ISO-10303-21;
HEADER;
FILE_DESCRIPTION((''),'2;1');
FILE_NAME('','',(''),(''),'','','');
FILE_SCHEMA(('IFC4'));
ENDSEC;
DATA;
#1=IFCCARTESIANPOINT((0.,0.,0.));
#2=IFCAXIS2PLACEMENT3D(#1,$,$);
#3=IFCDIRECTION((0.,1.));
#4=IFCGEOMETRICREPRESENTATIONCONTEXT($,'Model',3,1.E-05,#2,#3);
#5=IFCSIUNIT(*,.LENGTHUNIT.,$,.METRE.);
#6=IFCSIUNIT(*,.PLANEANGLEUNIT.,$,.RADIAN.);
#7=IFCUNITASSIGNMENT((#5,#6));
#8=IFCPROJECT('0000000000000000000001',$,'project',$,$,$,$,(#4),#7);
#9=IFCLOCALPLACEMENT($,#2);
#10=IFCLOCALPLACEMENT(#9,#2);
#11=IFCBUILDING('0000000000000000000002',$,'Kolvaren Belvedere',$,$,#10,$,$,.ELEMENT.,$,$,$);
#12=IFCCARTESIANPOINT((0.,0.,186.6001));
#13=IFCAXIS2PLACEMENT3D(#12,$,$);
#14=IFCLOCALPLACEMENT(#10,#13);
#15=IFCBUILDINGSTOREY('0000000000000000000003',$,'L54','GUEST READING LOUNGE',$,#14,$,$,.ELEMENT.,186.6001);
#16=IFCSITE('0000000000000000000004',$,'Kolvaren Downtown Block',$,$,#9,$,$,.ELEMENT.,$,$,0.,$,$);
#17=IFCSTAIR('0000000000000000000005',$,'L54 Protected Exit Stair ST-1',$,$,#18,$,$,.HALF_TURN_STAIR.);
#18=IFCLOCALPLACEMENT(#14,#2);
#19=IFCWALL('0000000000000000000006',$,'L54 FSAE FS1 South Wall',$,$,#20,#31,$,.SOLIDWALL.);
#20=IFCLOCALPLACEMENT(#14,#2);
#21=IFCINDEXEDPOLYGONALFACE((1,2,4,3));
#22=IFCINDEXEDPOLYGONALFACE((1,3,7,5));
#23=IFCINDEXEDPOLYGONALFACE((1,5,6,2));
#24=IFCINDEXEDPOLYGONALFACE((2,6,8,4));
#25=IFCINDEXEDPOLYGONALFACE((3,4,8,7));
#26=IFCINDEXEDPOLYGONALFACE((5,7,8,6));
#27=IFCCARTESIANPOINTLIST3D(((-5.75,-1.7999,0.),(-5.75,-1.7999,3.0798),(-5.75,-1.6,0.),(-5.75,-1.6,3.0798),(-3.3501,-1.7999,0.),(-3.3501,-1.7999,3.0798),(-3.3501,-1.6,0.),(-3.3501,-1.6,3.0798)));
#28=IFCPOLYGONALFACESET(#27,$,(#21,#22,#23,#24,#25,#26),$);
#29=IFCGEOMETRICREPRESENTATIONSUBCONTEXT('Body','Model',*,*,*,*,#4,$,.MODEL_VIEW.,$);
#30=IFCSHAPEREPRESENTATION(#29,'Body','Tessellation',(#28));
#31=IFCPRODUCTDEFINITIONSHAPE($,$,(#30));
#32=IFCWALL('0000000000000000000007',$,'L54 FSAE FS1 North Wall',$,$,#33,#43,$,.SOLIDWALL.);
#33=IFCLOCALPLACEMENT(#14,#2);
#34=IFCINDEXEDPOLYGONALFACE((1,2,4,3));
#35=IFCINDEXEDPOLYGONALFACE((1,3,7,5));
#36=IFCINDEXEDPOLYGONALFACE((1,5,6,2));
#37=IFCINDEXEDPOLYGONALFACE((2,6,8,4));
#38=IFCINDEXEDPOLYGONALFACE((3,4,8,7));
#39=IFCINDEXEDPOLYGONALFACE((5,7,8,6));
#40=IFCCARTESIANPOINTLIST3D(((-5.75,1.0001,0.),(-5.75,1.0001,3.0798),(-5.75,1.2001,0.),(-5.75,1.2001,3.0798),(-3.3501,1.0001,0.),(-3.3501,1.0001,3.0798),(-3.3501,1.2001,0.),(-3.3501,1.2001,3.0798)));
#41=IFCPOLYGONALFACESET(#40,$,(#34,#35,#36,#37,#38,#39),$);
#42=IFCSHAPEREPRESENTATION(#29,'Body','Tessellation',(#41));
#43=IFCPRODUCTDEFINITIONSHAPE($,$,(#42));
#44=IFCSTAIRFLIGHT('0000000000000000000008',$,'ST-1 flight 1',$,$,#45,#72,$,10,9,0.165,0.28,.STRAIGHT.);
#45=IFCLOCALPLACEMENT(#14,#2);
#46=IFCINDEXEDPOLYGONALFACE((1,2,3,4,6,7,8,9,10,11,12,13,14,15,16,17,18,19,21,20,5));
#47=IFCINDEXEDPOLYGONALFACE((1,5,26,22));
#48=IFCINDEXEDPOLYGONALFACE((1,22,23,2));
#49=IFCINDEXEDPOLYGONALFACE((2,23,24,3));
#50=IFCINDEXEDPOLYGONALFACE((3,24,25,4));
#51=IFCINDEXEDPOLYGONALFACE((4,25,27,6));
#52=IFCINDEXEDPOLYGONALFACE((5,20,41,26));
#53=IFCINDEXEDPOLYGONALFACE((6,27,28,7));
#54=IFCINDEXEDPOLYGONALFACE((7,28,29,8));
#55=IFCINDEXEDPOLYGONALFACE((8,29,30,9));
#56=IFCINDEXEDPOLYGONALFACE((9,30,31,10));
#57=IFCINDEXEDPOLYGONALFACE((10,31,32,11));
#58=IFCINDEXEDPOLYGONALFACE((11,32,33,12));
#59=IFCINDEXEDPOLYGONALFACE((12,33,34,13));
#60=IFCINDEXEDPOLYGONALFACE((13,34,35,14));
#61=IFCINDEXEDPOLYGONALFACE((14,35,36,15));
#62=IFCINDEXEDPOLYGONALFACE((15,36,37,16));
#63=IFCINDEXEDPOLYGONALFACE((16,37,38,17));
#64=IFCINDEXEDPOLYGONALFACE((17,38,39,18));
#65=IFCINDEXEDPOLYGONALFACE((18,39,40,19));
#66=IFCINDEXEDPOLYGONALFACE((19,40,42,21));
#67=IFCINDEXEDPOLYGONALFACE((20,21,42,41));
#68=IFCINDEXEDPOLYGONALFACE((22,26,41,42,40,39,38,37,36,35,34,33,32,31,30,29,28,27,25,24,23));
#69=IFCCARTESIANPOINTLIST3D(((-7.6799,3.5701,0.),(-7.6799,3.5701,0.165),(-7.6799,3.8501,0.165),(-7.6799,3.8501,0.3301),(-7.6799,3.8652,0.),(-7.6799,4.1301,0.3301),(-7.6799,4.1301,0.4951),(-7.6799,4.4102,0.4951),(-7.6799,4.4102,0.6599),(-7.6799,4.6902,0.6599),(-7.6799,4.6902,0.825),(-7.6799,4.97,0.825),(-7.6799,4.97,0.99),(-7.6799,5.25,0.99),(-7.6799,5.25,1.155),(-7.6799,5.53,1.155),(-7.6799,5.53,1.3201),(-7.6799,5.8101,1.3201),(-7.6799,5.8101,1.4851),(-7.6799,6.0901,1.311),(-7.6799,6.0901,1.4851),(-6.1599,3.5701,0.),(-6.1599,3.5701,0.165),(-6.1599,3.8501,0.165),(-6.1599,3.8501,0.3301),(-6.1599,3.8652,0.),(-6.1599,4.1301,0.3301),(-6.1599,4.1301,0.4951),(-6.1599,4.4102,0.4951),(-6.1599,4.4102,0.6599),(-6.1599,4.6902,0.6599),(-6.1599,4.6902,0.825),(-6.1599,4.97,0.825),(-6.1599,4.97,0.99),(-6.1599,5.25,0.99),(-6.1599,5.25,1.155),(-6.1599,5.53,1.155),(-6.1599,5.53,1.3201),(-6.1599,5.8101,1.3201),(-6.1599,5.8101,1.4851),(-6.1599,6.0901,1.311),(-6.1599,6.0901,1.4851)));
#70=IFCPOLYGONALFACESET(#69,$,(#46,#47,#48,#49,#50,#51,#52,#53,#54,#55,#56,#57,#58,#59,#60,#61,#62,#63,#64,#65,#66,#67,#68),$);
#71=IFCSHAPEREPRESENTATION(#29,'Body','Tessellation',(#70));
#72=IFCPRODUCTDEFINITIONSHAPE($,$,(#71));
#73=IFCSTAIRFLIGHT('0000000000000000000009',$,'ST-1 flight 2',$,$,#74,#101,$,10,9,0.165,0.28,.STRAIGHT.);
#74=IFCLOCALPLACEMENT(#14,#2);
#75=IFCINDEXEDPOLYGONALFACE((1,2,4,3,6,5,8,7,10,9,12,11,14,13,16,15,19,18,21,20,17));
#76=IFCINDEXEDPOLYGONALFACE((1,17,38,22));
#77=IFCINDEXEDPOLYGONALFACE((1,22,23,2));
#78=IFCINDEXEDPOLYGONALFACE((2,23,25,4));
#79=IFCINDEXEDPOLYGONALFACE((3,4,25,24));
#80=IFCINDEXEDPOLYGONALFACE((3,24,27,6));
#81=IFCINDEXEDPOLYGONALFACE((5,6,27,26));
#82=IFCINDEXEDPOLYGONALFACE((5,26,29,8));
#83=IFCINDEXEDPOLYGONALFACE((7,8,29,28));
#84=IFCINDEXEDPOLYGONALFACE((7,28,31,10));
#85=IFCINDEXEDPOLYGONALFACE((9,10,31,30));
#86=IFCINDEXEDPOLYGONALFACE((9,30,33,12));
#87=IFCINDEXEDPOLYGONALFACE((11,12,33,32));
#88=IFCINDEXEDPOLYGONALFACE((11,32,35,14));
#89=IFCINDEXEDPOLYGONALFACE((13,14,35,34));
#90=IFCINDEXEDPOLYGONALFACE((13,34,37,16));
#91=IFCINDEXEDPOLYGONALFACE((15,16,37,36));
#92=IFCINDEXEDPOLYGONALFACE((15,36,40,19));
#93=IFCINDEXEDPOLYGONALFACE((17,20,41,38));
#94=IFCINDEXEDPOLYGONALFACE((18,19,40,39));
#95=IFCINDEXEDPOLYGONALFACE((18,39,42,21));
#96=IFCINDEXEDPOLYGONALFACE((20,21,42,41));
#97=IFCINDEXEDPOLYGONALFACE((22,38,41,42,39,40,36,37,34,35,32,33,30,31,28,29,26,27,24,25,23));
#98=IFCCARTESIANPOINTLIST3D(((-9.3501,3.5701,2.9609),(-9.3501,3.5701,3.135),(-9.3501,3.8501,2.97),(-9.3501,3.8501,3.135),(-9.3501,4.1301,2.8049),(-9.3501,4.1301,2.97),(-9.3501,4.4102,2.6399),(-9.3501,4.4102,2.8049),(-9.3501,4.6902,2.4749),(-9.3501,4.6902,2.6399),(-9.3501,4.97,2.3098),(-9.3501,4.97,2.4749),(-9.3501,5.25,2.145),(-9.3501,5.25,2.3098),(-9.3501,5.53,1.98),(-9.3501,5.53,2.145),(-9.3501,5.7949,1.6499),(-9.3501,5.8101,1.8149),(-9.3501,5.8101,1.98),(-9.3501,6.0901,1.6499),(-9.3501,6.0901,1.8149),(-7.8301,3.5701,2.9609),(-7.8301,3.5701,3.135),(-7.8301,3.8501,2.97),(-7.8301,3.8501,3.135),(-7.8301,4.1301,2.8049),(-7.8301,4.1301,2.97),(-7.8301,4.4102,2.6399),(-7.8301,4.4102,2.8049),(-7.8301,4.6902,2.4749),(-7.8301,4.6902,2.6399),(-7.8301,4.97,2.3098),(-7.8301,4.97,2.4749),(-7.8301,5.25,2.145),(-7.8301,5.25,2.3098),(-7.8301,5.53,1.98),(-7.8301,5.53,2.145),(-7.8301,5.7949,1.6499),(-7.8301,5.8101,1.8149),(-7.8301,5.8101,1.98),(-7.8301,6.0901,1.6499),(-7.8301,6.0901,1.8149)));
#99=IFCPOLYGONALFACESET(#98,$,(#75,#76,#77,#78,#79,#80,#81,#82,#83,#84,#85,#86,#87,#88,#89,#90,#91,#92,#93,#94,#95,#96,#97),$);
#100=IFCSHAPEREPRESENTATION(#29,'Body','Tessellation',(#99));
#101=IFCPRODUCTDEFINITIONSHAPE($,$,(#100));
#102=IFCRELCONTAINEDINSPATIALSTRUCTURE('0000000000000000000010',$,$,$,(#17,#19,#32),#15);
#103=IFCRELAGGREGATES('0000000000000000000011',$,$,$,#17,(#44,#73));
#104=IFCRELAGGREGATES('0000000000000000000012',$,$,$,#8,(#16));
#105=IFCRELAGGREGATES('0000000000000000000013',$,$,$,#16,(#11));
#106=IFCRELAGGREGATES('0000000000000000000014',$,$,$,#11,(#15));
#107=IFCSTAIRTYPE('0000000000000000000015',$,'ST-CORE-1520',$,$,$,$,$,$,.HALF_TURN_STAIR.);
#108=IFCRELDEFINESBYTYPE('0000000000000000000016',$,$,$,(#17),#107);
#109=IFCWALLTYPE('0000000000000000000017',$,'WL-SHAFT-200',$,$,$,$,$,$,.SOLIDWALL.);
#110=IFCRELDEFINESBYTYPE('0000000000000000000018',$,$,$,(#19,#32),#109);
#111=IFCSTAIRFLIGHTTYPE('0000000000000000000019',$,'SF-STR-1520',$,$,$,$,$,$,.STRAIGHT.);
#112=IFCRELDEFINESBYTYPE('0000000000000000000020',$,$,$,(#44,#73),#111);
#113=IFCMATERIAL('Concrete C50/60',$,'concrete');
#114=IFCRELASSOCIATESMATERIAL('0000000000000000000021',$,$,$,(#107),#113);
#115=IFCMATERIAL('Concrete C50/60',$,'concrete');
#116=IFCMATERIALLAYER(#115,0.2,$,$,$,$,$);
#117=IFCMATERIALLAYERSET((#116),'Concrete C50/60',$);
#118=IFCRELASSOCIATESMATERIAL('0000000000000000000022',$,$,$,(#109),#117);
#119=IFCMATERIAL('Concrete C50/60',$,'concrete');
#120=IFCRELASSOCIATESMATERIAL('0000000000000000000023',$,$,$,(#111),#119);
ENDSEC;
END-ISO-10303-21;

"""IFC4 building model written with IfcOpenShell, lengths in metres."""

from ifc_helpers import new_model, si_unit, direction, frame, frame_2d, origin, place, context, subcontext, project, spatial, polyline, rectangle, outline, extrude, material, layer, layer_set, type_object, element, aggregate, save


model = new_model("IFC4")

# Units and contexts
model_context = context("Model", 3, precision=1e-05, world=origin(), true_north=direction((0.0, 1.0)))
body_context = subcontext(model_context, "Body", "Model", "MODEL_VIEW")
ifc_project = project(units=[si_unit("LENGTHUNIT", "METRE"), si_unit("PLANEANGLEUNIT", "RADIAN")], contexts=[model_context])

# Site, building, storey
site_placement = place(None, origin())
site = spatial("IfcSite", under=ifc_project, at=site_placement, Name="Kolvaren Downtown Block", CompositionType="ELEMENT", RefElevation=0.0)
building_placement = place(site_placement, origin())
building = spatial("IfcBuilding", under=site, at=building_placement, Name="Kolvaren Belvedere", CompositionType="ELEMENT")
storey_placement = place(building_placement, frame((0.0, 0.0, 186.6001)))
storey = spatial("IfcBuildingStorey", under=building, at=storey_placement, Name="L54", Description="GUEST READING LOUNGE", CompositionType="ELEMENT", Elevation=186.6001)

# Stair
ifc_material_1 = material(Name="Concrete C50/60", Category="concrete")
stair_type = type_object("IfcStairType", Name="ST-CORE-1520", PredefinedType="HALF_TURN_STAIR", material=ifc_material_1)
stair_1_placement = place(storey_placement, origin())
stair_1 = element("IfcStair", 1, at=stair_1_placement, inside=storey, type_object=stair_type, Name="L54 Protected Exit Stair ST-1", PredefinedType="HALF_TURN_STAIR")

# Walls
ifc_material_2 = material(Name="Concrete C50/60", Category="concrete")
ifc_layer_1 = layer(ifc_material_2, 0.2)
ifc_layer_set_1 = layer_set([ifc_layer_1], Name="Concrete C50/60")
wall_type_1 = type_object("IfcWallType", Name="WL-SHAFT-200", PredefinedType="SOLIDWALL", material=ifc_layer_set_1)
for number, where, z_axis, x_axis, name in (
    (2, (-5.75, -1.7, 0.0), (0.0, 0.0, 1.0), (1.0, 0.0, 0.0), "L54 FSAE FS1 South Wall"),
    (3, (-5.75, 1.1001, 0.0), (0.0, 0.0, 1.0), (1.0, 0.0, 0.0), "L54 FSAE FS1 North Wall"),
):
    element("IfcWall", number, at=place(storey_placement, frame(where, z_axis=z_axis, x_axis=x_axis)), inside=storey, type_object=wall_type_1, Name=name, PredefinedType="SOLIDWALL", context=body_context, shape_type="SweptSolid", body=[
        extrude(rectangle(XDim=2.3999, YDim=0.2, at=frame_2d((1.2, 0.0))), origin(), (0.0, 0.0, 1.0), 3.0798),
    ])

# Stair flights
ifc_material_3 = material(Name="Concrete C50/60", Category="concrete")
stair_flight_type = type_object("IfcStairFlightType", Name="SF-STR-1520", PredefinedType="STRAIGHT", material=ifc_material_3)
stair_flight_1_placement = place(storey_placement, frame((-6.9199, 3.5701, 0.0), z_axis=(0.0, 0.0, 1.0), x_axis=(0.0, 1.0, 0.0)))
stair_flight_1 = element("IfcStairFlight", 4, at=stair_flight_1_placement, type_object=stair_flight_type, Name="ST-1 flight 1", NumberOfRisers=10, NumberOfTreads=9, PredefinedType="STRAIGHT", RiserHeight=0.165, TreadLength=0.28, context=body_context, shape_type="SweptSolid", body=[
    extrude(outline(polyline([(0.0, 0.0), (0.0, 0.165), (0.28, 0.165), (0.28, 0.3301), (0.5601, 0.3301), (0.5601, 0.4951), (0.8401, 0.4951), (0.8401, 0.6599), (1.1201, 0.6599), (1.1201, 0.825), (1.3999, 0.825), (1.3999, 0.99), (1.6799, 0.99), (1.6799, 1.155), (1.96, 1.155), (1.96, 1.3201), (2.24, 1.3201), (2.24, 1.4851), (2.52, 1.4851), (2.52, 1.6499), (2.52, 1.311), (0.2952, 0.0), (0.0, 0.0)])), frame((0.0, 0.76, 0.0), z_axis=(0.0, -1.0, 0.0), x_axis=(1.0, 0.0, 0.0)), (0.0, 0.0, 1.0), 1.52),
])
stair_flight_2_placement = place(storey_placement, frame((-8.5901, 6.0901, 1.6499), z_axis=(0.0, 0.0, 1.0), x_axis=(0.0, -1.0, 0.0)))
stair_flight_2 = element("IfcStairFlight", 5, at=stair_flight_2_placement, type_object=stair_flight_type, Name="ST-1 flight 2", NumberOfRisers=10, NumberOfTreads=9, PredefinedType="STRAIGHT", RiserHeight=0.165, TreadLength=0.28, context=body_context, shape_type="SweptSolid", body=[
    extrude(outline(polyline([(0.0, 0.0), (0.0, 0.165), (0.28, 0.165), (0.28, 0.3301), (0.5601, 0.3301), (0.5601, 0.4951), (0.8401, 0.4951), (0.8401, 0.6599), (1.1201, 0.6599), (1.1201, 0.825), (1.3999, 0.825), (1.3999, 0.99), (1.6799, 0.99), (1.6799, 1.155), (1.96, 1.155), (1.96, 1.3201), (2.24, 1.3201), (2.24, 1.4851), (2.52, 1.4851), (2.52, 1.6499), (2.52, 1.311), (0.2952, 0.0), (0.0, 0.0)])), frame((0.0, 0.76, 0.0), z_axis=(0.0, -1.0, 0.0), x_axis=(1.0, 0.0, 0.0)), (0.0, 0.0, 1.0), 1.52),
])
aggregate(stair_1, [stair_flight_1, stair_flight_2])

save(model, "model.ifc")
